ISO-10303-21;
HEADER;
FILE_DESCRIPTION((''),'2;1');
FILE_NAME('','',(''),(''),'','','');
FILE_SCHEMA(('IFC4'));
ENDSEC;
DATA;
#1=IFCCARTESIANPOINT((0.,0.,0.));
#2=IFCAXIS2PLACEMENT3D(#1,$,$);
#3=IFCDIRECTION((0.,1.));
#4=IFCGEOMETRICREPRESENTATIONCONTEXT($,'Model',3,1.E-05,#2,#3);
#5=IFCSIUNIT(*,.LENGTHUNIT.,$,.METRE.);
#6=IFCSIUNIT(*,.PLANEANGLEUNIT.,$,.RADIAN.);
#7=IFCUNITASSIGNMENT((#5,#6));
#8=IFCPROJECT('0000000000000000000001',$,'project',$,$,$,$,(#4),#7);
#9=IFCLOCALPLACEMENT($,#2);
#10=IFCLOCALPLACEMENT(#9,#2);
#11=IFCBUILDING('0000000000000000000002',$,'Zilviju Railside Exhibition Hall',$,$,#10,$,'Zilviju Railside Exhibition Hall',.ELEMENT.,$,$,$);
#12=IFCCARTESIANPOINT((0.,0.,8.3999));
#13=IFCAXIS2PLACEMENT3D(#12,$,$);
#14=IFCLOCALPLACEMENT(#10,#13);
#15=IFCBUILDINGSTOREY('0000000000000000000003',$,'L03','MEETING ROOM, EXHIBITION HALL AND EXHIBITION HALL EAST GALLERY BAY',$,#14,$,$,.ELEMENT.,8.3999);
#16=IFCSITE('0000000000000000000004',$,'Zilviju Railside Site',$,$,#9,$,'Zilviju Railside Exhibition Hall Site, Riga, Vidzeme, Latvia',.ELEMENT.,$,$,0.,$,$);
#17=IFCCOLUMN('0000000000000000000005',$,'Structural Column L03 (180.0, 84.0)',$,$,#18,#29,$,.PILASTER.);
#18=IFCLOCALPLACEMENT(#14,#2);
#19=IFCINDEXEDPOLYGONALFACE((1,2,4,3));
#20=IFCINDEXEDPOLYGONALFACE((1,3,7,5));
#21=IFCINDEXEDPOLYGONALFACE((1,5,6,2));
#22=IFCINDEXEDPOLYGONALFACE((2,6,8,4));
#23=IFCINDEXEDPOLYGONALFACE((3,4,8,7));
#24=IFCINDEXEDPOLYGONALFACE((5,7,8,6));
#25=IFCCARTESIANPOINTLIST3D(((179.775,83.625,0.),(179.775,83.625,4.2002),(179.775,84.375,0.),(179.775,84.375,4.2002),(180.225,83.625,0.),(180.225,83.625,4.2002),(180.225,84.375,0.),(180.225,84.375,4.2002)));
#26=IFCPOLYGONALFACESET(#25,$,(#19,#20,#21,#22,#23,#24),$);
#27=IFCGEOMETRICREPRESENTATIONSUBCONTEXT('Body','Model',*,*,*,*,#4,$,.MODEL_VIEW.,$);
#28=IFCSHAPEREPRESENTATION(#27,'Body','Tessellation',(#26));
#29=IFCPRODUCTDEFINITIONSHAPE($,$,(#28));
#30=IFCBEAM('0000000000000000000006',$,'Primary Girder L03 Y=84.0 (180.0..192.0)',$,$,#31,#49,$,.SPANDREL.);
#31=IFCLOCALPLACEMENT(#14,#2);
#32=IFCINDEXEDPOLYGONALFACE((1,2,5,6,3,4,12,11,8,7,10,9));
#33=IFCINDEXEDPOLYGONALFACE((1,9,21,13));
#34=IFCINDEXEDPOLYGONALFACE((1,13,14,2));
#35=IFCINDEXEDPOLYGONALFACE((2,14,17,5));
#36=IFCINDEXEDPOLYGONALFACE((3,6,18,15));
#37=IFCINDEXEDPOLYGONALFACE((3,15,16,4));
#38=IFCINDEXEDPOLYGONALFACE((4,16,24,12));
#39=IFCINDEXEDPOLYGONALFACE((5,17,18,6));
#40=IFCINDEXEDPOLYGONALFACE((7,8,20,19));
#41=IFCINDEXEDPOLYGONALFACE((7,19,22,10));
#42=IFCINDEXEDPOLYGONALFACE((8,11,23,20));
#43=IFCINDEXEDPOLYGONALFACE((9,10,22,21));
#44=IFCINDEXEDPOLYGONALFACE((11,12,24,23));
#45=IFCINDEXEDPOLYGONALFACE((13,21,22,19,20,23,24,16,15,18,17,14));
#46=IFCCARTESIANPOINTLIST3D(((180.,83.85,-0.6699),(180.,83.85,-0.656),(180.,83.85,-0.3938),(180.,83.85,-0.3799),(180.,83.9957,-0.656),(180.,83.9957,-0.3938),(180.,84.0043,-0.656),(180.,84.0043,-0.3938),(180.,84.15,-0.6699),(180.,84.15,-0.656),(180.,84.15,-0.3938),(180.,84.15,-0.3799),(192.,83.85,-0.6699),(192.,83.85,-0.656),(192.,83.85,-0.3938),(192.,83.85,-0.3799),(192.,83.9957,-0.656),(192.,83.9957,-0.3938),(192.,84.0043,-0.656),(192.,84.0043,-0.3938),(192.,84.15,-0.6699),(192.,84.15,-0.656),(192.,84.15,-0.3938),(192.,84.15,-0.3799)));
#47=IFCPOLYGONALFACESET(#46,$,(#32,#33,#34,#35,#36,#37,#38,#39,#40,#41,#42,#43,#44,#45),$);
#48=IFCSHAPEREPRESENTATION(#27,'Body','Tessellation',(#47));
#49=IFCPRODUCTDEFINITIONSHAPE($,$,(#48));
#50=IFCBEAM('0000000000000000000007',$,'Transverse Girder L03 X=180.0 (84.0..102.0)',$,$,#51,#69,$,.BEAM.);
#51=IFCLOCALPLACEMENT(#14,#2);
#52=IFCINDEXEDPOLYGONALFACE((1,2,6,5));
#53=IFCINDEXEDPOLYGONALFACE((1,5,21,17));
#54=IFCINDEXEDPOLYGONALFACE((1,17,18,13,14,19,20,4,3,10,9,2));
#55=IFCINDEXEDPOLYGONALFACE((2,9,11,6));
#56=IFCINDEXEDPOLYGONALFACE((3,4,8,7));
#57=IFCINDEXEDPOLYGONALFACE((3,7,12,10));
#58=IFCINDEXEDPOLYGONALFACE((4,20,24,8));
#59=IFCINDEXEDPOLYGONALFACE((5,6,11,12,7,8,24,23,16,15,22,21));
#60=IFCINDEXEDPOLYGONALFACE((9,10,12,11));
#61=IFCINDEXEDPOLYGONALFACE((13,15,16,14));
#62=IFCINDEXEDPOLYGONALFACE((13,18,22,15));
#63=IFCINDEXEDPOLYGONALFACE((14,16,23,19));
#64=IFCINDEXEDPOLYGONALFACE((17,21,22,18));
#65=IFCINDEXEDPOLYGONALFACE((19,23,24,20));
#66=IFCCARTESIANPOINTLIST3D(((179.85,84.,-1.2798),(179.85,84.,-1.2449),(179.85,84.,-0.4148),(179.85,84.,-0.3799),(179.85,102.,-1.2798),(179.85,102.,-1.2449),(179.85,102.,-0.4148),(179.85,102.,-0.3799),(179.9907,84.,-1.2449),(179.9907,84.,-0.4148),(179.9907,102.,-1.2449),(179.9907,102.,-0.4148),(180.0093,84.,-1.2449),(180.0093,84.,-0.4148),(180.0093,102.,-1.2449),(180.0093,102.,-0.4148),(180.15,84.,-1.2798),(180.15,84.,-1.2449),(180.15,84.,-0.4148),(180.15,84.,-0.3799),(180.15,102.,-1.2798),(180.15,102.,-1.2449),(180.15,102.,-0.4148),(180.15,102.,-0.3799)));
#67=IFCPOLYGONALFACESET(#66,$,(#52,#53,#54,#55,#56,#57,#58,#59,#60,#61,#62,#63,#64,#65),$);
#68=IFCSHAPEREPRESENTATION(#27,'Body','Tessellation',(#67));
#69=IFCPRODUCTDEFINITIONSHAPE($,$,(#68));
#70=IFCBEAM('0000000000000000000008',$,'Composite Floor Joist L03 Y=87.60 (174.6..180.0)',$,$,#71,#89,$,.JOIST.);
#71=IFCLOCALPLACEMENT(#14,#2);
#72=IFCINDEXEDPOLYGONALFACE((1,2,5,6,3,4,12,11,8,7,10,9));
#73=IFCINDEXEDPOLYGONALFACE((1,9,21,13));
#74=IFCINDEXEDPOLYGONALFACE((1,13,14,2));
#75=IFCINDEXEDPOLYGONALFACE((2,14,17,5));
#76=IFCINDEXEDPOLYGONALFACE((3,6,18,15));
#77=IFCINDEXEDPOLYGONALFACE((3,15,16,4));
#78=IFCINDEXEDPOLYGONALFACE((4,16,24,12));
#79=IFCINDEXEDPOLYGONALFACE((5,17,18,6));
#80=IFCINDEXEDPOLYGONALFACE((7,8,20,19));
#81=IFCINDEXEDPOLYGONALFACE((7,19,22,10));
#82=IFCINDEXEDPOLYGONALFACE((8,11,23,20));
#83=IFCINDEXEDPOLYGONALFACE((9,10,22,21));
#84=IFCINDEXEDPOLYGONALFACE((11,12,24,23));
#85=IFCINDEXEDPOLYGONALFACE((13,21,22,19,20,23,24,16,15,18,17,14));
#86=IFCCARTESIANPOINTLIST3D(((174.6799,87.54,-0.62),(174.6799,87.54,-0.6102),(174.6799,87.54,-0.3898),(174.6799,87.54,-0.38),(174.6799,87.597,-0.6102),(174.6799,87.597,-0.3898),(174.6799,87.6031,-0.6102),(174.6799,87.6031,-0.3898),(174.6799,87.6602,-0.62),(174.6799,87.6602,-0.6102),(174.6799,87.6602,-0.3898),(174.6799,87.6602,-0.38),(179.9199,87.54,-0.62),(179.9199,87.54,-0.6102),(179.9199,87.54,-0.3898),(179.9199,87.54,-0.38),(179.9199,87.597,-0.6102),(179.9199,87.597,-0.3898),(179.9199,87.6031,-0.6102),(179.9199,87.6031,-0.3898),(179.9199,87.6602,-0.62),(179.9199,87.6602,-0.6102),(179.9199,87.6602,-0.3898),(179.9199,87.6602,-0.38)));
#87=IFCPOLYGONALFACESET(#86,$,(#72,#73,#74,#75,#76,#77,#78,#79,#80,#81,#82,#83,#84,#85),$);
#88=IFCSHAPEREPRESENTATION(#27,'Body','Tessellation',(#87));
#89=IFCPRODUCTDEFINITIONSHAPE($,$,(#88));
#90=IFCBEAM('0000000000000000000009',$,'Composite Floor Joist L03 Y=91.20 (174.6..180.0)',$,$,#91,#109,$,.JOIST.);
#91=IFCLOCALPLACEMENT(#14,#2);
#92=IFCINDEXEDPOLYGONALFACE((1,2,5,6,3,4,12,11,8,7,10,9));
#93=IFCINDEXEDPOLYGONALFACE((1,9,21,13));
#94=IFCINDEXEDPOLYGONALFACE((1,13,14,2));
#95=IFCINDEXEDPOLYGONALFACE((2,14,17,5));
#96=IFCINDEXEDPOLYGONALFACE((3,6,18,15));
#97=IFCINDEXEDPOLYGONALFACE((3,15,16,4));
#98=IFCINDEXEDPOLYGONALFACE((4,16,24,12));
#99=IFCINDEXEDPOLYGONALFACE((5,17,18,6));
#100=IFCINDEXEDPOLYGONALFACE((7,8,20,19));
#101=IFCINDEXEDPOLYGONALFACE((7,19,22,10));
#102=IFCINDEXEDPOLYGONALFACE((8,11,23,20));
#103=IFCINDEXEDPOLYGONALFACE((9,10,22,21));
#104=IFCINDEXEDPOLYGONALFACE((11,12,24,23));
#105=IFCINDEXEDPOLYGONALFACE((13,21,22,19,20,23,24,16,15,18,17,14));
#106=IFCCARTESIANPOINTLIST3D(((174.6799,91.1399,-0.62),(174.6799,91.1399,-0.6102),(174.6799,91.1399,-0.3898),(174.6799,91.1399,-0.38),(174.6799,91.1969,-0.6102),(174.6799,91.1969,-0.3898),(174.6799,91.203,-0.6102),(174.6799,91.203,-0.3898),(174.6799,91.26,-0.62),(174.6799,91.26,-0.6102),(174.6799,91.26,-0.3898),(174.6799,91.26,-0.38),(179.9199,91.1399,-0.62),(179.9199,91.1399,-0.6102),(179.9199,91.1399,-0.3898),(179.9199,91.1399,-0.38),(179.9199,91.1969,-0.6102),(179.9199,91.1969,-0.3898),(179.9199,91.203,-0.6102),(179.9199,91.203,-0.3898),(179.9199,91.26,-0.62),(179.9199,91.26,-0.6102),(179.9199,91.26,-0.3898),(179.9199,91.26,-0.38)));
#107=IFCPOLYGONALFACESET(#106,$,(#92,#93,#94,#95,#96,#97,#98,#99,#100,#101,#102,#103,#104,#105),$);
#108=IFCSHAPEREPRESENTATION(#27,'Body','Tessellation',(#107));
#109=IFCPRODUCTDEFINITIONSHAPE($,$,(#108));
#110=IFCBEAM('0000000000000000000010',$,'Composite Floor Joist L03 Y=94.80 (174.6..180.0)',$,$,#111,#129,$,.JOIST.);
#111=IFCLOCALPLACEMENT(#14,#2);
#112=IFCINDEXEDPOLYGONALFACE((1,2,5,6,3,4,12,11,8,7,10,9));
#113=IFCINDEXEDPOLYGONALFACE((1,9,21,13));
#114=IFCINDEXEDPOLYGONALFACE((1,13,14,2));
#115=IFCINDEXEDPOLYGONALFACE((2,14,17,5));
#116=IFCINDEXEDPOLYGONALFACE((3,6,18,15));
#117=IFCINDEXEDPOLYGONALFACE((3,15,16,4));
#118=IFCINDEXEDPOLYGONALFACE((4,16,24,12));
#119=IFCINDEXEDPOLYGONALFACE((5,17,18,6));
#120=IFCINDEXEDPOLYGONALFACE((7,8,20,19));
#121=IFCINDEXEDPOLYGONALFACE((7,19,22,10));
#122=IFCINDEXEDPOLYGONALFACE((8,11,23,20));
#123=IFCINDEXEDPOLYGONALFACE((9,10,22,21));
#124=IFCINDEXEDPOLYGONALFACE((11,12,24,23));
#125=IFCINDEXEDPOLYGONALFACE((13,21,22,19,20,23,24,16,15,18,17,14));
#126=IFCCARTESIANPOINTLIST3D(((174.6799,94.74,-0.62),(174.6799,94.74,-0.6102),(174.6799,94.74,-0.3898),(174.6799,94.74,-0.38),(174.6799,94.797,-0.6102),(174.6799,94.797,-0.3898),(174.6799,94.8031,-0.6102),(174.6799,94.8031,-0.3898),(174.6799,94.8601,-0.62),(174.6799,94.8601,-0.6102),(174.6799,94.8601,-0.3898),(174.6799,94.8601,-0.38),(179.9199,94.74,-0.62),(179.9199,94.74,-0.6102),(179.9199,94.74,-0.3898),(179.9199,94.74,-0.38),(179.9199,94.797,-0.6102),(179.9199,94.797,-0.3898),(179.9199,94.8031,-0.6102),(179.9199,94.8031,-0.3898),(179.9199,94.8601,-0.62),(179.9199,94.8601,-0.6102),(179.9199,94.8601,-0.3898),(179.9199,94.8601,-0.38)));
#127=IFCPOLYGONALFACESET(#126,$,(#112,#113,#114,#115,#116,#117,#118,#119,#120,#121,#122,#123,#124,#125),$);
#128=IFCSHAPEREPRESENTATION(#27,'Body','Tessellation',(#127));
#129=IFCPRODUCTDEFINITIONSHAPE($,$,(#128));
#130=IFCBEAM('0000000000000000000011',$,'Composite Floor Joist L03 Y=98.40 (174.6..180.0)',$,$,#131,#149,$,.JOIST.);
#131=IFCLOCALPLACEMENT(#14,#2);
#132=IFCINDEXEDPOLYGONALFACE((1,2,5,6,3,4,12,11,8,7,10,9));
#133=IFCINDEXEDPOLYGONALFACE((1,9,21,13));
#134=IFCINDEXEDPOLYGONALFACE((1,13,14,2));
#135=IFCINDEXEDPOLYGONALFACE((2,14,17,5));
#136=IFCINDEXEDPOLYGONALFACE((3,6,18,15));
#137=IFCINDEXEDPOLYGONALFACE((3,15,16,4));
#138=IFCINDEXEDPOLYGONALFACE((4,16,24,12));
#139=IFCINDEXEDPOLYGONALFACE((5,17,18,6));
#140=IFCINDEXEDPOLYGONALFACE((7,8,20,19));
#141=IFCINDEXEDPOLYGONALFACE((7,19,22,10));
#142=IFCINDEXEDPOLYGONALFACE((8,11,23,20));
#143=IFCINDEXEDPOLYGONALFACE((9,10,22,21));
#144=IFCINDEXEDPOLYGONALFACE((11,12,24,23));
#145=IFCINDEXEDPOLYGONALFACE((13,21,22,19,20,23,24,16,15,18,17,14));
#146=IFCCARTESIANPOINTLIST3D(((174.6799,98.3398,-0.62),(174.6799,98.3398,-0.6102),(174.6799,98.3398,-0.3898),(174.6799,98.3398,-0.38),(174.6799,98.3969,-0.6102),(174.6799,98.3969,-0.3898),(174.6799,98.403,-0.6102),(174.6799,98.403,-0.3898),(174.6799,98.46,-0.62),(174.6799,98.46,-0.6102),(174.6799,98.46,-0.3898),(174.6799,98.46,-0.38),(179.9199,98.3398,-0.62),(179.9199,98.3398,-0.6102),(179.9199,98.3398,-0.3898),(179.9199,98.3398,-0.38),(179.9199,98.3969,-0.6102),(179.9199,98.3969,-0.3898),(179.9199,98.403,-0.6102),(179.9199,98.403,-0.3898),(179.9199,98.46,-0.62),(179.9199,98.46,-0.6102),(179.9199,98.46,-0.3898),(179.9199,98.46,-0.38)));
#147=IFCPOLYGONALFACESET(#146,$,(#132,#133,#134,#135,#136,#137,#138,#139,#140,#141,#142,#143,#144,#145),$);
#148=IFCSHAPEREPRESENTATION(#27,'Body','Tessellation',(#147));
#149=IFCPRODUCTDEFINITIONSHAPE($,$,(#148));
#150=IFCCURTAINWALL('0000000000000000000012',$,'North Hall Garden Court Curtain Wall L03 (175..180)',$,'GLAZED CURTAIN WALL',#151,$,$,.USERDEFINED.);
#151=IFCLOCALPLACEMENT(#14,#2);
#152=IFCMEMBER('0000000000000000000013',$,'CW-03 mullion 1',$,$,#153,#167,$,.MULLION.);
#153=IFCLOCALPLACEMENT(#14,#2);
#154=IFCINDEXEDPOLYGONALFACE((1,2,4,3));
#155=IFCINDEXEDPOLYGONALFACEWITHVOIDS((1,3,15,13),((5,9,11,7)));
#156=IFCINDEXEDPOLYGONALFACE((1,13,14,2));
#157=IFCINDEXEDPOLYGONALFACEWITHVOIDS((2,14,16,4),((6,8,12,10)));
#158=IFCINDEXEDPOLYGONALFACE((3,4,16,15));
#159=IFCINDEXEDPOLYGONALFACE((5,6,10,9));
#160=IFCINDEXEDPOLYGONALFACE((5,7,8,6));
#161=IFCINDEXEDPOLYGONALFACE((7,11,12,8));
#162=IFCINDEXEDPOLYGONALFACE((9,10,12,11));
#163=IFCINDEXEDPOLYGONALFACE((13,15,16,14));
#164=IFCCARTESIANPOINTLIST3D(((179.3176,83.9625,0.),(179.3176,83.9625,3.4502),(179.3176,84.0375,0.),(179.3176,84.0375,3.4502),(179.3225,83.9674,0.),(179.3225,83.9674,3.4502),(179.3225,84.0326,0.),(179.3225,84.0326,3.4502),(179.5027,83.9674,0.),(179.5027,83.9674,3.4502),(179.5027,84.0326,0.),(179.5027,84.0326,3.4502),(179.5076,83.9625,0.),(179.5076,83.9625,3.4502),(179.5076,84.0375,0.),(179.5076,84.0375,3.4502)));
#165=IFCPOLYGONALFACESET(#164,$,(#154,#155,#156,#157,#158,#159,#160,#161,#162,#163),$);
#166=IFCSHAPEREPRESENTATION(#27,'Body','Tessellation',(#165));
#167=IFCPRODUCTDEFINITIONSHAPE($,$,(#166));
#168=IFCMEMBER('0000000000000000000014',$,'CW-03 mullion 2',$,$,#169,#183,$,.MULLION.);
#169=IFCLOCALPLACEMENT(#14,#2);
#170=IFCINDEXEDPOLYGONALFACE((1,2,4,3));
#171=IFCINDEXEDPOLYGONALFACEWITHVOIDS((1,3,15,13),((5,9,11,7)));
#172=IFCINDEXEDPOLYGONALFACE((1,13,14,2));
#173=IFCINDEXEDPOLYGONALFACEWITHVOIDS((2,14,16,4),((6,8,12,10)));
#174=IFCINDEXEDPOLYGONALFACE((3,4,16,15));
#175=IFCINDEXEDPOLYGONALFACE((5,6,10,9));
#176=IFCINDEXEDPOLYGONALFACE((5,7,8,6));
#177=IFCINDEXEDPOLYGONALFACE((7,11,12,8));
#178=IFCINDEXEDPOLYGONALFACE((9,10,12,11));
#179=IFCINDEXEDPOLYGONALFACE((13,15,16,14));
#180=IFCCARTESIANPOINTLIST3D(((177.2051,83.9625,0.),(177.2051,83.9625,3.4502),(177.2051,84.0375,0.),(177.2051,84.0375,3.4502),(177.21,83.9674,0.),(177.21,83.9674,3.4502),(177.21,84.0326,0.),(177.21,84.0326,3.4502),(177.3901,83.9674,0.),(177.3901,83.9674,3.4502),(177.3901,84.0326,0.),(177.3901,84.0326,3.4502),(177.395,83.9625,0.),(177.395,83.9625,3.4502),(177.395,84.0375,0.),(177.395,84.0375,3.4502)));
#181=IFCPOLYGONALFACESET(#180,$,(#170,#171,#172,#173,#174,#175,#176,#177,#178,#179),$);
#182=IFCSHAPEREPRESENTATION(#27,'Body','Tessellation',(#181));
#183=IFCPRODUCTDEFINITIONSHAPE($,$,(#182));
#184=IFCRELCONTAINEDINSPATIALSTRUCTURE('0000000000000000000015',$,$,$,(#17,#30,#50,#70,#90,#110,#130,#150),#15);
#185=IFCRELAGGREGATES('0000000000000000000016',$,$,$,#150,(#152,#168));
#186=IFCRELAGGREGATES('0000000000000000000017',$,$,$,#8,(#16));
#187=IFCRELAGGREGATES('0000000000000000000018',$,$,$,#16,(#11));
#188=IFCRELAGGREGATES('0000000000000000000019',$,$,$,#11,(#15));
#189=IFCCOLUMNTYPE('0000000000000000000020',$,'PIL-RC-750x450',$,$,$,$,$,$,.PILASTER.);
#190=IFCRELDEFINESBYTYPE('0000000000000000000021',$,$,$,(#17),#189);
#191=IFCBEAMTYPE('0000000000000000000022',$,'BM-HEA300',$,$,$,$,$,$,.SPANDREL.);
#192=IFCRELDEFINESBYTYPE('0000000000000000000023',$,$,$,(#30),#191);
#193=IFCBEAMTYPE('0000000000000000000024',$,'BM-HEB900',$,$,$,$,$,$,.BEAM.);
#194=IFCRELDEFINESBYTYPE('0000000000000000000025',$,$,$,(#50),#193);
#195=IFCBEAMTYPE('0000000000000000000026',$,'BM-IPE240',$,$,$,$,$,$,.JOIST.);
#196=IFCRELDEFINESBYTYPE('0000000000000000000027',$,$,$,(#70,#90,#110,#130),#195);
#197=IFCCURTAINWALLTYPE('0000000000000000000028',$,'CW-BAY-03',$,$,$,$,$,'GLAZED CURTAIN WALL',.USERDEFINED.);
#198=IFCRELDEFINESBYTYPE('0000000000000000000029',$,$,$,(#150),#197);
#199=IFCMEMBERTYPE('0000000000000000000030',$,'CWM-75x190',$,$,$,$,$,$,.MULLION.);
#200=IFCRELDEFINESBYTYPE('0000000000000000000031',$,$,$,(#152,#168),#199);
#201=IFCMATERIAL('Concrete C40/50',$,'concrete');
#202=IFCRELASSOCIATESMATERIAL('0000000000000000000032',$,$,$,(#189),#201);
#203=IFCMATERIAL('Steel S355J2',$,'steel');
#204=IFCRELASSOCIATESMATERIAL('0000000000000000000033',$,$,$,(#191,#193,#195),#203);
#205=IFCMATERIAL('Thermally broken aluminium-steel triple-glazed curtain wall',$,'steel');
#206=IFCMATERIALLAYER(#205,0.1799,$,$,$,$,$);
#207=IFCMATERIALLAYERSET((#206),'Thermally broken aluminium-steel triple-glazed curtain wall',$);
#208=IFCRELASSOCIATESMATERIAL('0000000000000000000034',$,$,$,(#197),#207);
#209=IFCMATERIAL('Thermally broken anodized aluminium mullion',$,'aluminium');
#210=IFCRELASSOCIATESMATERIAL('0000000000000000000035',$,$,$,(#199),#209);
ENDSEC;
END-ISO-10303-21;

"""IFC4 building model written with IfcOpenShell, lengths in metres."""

from ifc_helpers import new_model, si_unit, direction, frame, origin, origin_2d, place, context, subcontext, project, spatial, rectangle, hollow_rectangle, i_section, extrude, material, layer, layer_set, material_profile, profile_set, type_object, element, aggregate, save


model = new_model("IFC4")

# Units and contexts
model_context = context("Model", 3, precision=1e-05, world=origin(), true_north=direction((0.0, 1.0)))
body_context = subcontext(model_context, "Body", "Model", "MODEL_VIEW")
ifc_project = project(units=[si_unit("LENGTHUNIT", "METRE"), si_unit("PLANEANGLEUNIT", "RADIAN")], contexts=[model_context])

# Site, building, storey
site_placement = place(None, origin())
site = spatial("IfcSite", under=ifc_project, at=site_placement, Name="Zilviju Railside Site", LongName="Zilviju Railside Exhibition Hall Site, Riga, Vidzeme, Latvia", CompositionType="ELEMENT", RefElevation=0.0)
building_placement = place(site_placement, origin())
building = spatial("IfcBuilding", under=site, at=building_placement, Name="Zilviju Railside Exhibition Hall", LongName="Zilviju Railside Exhibition Hall", CompositionType="ELEMENT")
storey_placement = place(building_placement, frame((0.0, 0.0, 8.3999)))
storey = spatial("IfcBuildingStorey", under=building, at=storey_placement, Name="L03", Description="MEETING ROOM, EXHIBITION HALL AND EXHIBITION HALL EAST GALLERY BAY", CompositionType="ELEMENT", Elevation=8.3999)

# Column
ifc_material_1 = material(Name="Concrete C40/50", Category="concrete")
ifc_material_profile_1 = material_profile(ifc_material_1, rectangle(XDim=0.45, YDim=0.75, at=origin_2d()), Name="RC COL 450x750")
ifc_profile_set_1 = profile_set([ifc_material_profile_1], Name="Concrete C40/50")
column_type = type_object("IfcColumnType", Name="PIL-RC-750x450", PredefinedType="PILASTER", material=ifc_profile_set_1)
column_placement = place(storey_placement, frame((180.0, 84.0, 0.0), z_axis=(0.0, 0.0, 1.0), x_axis=(1.0, 0.0, 0.0)))
element("IfcColumn", 1, at=column_placement, inside=storey, type_object=column_type, Name="Structural Column L03 (180.0, 84.0)", PredefinedType="PILASTER", context=body_context, shape_type="SweptSolid", body=[
    extrude(rectangle(XDim=0.45, YDim=0.75, at=origin_2d()), origin(), (0.0, 0.0, 1.0), 4.2002),
])

# Beams
ifc_material_2 = material(Name="Steel S355J2", Category="steel")
ifc_material_profile_2 = material_profile(ifc_material_2, i_section(OverallWidth=0.3, OverallDepth=0.29, WebThickness=0.0085, FlangeThickness=0.0139, at=origin_2d()), Name="HEA 300")
ifc_profile_set_2 = profile_set([ifc_material_profile_2], Name="Steel S355J2")
beam_type_1 = type_object("IfcBeamType", Name="BM-HEA300", PredefinedType="SPANDREL", material=ifc_profile_set_2)
beam_1_placement = place(storey_placement, frame((180.0, 84.0, -0.5249), z_axis=(1.0, 0.0, 0.0), x_axis=(0.0, 1.0, 0.0)))
element("IfcBeam", 2, at=beam_1_placement, inside=storey, type_object=beam_type_1, Name="Primary Girder L03 Y=84.0 (180.0..192.0)", PredefinedType="SPANDREL", context=body_context, shape_type="SweptSolid", body=[
    extrude(i_section(OverallWidth=0.3, OverallDepth=0.29, WebThickness=0.0085, FlangeThickness=0.0139, at=origin_2d()), origin(), (0.0, 0.0, 1.0), 12.0),
])
ifc_material_profile_3 = material_profile(ifc_material_2, i_section(OverallWidth=0.3, OverallDepth=0.8999, WebThickness=0.0186, FlangeThickness=0.0349, at=origin_2d()), Name="HEB 900")
ifc_profile_set_3 = profile_set([ifc_material_profile_3], Name="Steel S355J2")
beam_type_2 = type_object("IfcBeamType", Name="BM-HEB900", PredefinedType="BEAM", material=ifc_profile_set_3)
beam_2_placement = place(storey_placement, frame((180.0, 84.0, -0.8298), z_axis=(0.0, 1.0, 0.0), x_axis=(-1.0, 0.0, 0.0)))
element("IfcBeam", 3, at=beam_2_placement, inside=storey, type_object=beam_type_2, Name="Transverse Girder L03 X=180.0 (84.0..102.0)", PredefinedType="BEAM", context=body_context, shape_type="SweptSolid", body=[
    extrude(i_section(OverallWidth=0.3, OverallDepth=0.8999, WebThickness=0.0186, FlangeThickness=0.0349, at=origin_2d()), origin(), (0.0, 0.0, 1.0), 18.0),
])
ifc_material_profile_4 = material_profile(ifc_material_2, i_section(OverallWidth=0.1201, OverallDepth=0.24, WebThickness=0.0061, FlangeThickness=0.0098, at=origin_2d()), Name="IPE 240")
ifc_profile_set_4 = profile_set([ifc_material_profile_4], Name="Steel S355J2")
beam_type_3 = type_object("IfcBeamType", Name="BM-IPE240", PredefinedType="JOIST", material=ifc_profile_set_4)
for number, where, z_axis, x_axis, name in (
    (4, (174.6799, 87.6001, -0.5), (1.0, 0.0, 0.0), (0.0, 1.0, 0.0), "Composite Floor Joist L03 Y=87.60 (174.6..180.0)"),
    (5, (174.6799, 91.2, -0.5), (1.0, 0.0, 0.0), (0.0, 1.0, 0.0), "Composite Floor Joist L03 Y=91.20 (174.6..180.0)"),
    (6, (174.6799, 94.8, -0.5), (1.0, 0.0, 0.0), (0.0, 1.0, 0.0), "Composite Floor Joist L03 Y=94.80 (174.6..180.0)"),
    (7, (174.6799, 98.3999, -0.5), (1.0, 0.0, 0.0), (0.0, 1.0, 0.0), "Composite Floor Joist L03 Y=98.40 (174.6..180.0)"),
):
    element("IfcBeam", number, at=place(storey_placement, frame(where, z_axis=z_axis, x_axis=x_axis)), inside=storey, type_object=beam_type_3, Name=name, PredefinedType="JOIST", context=body_context, shape_type="SweptSolid", body=[
        extrude(i_section(OverallWidth=0.1201, OverallDepth=0.24, WebThickness=0.0061, FlangeThickness=0.0098, at=origin_2d()), origin(), (0.0, 0.0, 1.0), 5.24),
    ])

# Curtain wall, members
ifc_material_3 = material(Name="Thermally broken aluminium-steel triple-glazed curtain wall", Category="steel")
ifc_layer_1 = layer(ifc_material_3, 0.1799)
ifc_layer_set_1 = layer_set([ifc_layer_1], Name="Thermally broken aluminium-steel triple-glazed curtain wall")
curtain_wall_type = type_object("IfcCurtainWallType", Name="CW-BAY-03", ElementType="GLAZED CURTAIN WALL", PredefinedType="USERDEFINED", material=ifc_layer_set_1)
curtain_wall_placement = place(storey_placement, origin())
curtain_wall = element("IfcCurtainWall", 8, at=curtain_wall_placement, inside=storey, type_object=curtain_wall_type, Name="North Hall Garden Court Curtain Wall L03 (175..180)", ObjectType="GLAZED CURTAIN WALL", PredefinedType="USERDEFINED")
ifc_material_4 = material(Name="Thermally broken anodized aluminium mullion", Category="aluminium")
ifc_material_profile_5 = material_profile(ifc_material_4, hollow_rectangle(XDim=0.075, YDim=0.1899, WallThickness=0.0049, at=origin_2d()), Name="MULLION 190x75x5")
ifc_profile_set_5 = profile_set([ifc_material_profile_5], Name="Thermally broken anodized aluminium mullion")
member_type_1 = type_object("IfcMemberType", Name="CWM-75x190", PredefinedType="MULLION", material=ifc_profile_set_5)
member_1_placement = place(storey_placement, frame((179.4126, 84.0, 0.0), z_axis=(0.0, 0.0, 1.0), x_axis=(0.0, -1.0, 0.0)))
member_1 = element("IfcMember", 9, at=member_1_placement, type_object=member_type_1, Name="CW-03 mullion 1", PredefinedType="MULLION", context=body_context, shape_type="SweptSolid", body=[
    extrude(hollow_rectangle(XDim=0.075, YDim=0.1899, WallThickness=0.0049, at=origin_2d()), origin(), (0.0, 0.0, 1.0), 3.4502),
])
member_2_placement = place(storey_placement, frame((177.3, 84.0, 0.0), z_axis=(0.0, 0.0, 1.0), x_axis=(0.0, -1.0, 0.0)))
member_2 = element("IfcMember", 10, at=member_2_placement, type_object=member_type_1, Name="CW-03 mullion 2", PredefinedType="MULLION", context=body_context, shape_type="SweptSolid", body=[
    extrude(hollow_rectangle(XDim=0.075, YDim=0.1899, WallThickness=0.0049, at=origin_2d()), origin(), (0.0, 0.0, 1.0), 3.4502),
])
aggregate(curtain_wall, [member_1, member_2])

save(model, "model.ifc")
